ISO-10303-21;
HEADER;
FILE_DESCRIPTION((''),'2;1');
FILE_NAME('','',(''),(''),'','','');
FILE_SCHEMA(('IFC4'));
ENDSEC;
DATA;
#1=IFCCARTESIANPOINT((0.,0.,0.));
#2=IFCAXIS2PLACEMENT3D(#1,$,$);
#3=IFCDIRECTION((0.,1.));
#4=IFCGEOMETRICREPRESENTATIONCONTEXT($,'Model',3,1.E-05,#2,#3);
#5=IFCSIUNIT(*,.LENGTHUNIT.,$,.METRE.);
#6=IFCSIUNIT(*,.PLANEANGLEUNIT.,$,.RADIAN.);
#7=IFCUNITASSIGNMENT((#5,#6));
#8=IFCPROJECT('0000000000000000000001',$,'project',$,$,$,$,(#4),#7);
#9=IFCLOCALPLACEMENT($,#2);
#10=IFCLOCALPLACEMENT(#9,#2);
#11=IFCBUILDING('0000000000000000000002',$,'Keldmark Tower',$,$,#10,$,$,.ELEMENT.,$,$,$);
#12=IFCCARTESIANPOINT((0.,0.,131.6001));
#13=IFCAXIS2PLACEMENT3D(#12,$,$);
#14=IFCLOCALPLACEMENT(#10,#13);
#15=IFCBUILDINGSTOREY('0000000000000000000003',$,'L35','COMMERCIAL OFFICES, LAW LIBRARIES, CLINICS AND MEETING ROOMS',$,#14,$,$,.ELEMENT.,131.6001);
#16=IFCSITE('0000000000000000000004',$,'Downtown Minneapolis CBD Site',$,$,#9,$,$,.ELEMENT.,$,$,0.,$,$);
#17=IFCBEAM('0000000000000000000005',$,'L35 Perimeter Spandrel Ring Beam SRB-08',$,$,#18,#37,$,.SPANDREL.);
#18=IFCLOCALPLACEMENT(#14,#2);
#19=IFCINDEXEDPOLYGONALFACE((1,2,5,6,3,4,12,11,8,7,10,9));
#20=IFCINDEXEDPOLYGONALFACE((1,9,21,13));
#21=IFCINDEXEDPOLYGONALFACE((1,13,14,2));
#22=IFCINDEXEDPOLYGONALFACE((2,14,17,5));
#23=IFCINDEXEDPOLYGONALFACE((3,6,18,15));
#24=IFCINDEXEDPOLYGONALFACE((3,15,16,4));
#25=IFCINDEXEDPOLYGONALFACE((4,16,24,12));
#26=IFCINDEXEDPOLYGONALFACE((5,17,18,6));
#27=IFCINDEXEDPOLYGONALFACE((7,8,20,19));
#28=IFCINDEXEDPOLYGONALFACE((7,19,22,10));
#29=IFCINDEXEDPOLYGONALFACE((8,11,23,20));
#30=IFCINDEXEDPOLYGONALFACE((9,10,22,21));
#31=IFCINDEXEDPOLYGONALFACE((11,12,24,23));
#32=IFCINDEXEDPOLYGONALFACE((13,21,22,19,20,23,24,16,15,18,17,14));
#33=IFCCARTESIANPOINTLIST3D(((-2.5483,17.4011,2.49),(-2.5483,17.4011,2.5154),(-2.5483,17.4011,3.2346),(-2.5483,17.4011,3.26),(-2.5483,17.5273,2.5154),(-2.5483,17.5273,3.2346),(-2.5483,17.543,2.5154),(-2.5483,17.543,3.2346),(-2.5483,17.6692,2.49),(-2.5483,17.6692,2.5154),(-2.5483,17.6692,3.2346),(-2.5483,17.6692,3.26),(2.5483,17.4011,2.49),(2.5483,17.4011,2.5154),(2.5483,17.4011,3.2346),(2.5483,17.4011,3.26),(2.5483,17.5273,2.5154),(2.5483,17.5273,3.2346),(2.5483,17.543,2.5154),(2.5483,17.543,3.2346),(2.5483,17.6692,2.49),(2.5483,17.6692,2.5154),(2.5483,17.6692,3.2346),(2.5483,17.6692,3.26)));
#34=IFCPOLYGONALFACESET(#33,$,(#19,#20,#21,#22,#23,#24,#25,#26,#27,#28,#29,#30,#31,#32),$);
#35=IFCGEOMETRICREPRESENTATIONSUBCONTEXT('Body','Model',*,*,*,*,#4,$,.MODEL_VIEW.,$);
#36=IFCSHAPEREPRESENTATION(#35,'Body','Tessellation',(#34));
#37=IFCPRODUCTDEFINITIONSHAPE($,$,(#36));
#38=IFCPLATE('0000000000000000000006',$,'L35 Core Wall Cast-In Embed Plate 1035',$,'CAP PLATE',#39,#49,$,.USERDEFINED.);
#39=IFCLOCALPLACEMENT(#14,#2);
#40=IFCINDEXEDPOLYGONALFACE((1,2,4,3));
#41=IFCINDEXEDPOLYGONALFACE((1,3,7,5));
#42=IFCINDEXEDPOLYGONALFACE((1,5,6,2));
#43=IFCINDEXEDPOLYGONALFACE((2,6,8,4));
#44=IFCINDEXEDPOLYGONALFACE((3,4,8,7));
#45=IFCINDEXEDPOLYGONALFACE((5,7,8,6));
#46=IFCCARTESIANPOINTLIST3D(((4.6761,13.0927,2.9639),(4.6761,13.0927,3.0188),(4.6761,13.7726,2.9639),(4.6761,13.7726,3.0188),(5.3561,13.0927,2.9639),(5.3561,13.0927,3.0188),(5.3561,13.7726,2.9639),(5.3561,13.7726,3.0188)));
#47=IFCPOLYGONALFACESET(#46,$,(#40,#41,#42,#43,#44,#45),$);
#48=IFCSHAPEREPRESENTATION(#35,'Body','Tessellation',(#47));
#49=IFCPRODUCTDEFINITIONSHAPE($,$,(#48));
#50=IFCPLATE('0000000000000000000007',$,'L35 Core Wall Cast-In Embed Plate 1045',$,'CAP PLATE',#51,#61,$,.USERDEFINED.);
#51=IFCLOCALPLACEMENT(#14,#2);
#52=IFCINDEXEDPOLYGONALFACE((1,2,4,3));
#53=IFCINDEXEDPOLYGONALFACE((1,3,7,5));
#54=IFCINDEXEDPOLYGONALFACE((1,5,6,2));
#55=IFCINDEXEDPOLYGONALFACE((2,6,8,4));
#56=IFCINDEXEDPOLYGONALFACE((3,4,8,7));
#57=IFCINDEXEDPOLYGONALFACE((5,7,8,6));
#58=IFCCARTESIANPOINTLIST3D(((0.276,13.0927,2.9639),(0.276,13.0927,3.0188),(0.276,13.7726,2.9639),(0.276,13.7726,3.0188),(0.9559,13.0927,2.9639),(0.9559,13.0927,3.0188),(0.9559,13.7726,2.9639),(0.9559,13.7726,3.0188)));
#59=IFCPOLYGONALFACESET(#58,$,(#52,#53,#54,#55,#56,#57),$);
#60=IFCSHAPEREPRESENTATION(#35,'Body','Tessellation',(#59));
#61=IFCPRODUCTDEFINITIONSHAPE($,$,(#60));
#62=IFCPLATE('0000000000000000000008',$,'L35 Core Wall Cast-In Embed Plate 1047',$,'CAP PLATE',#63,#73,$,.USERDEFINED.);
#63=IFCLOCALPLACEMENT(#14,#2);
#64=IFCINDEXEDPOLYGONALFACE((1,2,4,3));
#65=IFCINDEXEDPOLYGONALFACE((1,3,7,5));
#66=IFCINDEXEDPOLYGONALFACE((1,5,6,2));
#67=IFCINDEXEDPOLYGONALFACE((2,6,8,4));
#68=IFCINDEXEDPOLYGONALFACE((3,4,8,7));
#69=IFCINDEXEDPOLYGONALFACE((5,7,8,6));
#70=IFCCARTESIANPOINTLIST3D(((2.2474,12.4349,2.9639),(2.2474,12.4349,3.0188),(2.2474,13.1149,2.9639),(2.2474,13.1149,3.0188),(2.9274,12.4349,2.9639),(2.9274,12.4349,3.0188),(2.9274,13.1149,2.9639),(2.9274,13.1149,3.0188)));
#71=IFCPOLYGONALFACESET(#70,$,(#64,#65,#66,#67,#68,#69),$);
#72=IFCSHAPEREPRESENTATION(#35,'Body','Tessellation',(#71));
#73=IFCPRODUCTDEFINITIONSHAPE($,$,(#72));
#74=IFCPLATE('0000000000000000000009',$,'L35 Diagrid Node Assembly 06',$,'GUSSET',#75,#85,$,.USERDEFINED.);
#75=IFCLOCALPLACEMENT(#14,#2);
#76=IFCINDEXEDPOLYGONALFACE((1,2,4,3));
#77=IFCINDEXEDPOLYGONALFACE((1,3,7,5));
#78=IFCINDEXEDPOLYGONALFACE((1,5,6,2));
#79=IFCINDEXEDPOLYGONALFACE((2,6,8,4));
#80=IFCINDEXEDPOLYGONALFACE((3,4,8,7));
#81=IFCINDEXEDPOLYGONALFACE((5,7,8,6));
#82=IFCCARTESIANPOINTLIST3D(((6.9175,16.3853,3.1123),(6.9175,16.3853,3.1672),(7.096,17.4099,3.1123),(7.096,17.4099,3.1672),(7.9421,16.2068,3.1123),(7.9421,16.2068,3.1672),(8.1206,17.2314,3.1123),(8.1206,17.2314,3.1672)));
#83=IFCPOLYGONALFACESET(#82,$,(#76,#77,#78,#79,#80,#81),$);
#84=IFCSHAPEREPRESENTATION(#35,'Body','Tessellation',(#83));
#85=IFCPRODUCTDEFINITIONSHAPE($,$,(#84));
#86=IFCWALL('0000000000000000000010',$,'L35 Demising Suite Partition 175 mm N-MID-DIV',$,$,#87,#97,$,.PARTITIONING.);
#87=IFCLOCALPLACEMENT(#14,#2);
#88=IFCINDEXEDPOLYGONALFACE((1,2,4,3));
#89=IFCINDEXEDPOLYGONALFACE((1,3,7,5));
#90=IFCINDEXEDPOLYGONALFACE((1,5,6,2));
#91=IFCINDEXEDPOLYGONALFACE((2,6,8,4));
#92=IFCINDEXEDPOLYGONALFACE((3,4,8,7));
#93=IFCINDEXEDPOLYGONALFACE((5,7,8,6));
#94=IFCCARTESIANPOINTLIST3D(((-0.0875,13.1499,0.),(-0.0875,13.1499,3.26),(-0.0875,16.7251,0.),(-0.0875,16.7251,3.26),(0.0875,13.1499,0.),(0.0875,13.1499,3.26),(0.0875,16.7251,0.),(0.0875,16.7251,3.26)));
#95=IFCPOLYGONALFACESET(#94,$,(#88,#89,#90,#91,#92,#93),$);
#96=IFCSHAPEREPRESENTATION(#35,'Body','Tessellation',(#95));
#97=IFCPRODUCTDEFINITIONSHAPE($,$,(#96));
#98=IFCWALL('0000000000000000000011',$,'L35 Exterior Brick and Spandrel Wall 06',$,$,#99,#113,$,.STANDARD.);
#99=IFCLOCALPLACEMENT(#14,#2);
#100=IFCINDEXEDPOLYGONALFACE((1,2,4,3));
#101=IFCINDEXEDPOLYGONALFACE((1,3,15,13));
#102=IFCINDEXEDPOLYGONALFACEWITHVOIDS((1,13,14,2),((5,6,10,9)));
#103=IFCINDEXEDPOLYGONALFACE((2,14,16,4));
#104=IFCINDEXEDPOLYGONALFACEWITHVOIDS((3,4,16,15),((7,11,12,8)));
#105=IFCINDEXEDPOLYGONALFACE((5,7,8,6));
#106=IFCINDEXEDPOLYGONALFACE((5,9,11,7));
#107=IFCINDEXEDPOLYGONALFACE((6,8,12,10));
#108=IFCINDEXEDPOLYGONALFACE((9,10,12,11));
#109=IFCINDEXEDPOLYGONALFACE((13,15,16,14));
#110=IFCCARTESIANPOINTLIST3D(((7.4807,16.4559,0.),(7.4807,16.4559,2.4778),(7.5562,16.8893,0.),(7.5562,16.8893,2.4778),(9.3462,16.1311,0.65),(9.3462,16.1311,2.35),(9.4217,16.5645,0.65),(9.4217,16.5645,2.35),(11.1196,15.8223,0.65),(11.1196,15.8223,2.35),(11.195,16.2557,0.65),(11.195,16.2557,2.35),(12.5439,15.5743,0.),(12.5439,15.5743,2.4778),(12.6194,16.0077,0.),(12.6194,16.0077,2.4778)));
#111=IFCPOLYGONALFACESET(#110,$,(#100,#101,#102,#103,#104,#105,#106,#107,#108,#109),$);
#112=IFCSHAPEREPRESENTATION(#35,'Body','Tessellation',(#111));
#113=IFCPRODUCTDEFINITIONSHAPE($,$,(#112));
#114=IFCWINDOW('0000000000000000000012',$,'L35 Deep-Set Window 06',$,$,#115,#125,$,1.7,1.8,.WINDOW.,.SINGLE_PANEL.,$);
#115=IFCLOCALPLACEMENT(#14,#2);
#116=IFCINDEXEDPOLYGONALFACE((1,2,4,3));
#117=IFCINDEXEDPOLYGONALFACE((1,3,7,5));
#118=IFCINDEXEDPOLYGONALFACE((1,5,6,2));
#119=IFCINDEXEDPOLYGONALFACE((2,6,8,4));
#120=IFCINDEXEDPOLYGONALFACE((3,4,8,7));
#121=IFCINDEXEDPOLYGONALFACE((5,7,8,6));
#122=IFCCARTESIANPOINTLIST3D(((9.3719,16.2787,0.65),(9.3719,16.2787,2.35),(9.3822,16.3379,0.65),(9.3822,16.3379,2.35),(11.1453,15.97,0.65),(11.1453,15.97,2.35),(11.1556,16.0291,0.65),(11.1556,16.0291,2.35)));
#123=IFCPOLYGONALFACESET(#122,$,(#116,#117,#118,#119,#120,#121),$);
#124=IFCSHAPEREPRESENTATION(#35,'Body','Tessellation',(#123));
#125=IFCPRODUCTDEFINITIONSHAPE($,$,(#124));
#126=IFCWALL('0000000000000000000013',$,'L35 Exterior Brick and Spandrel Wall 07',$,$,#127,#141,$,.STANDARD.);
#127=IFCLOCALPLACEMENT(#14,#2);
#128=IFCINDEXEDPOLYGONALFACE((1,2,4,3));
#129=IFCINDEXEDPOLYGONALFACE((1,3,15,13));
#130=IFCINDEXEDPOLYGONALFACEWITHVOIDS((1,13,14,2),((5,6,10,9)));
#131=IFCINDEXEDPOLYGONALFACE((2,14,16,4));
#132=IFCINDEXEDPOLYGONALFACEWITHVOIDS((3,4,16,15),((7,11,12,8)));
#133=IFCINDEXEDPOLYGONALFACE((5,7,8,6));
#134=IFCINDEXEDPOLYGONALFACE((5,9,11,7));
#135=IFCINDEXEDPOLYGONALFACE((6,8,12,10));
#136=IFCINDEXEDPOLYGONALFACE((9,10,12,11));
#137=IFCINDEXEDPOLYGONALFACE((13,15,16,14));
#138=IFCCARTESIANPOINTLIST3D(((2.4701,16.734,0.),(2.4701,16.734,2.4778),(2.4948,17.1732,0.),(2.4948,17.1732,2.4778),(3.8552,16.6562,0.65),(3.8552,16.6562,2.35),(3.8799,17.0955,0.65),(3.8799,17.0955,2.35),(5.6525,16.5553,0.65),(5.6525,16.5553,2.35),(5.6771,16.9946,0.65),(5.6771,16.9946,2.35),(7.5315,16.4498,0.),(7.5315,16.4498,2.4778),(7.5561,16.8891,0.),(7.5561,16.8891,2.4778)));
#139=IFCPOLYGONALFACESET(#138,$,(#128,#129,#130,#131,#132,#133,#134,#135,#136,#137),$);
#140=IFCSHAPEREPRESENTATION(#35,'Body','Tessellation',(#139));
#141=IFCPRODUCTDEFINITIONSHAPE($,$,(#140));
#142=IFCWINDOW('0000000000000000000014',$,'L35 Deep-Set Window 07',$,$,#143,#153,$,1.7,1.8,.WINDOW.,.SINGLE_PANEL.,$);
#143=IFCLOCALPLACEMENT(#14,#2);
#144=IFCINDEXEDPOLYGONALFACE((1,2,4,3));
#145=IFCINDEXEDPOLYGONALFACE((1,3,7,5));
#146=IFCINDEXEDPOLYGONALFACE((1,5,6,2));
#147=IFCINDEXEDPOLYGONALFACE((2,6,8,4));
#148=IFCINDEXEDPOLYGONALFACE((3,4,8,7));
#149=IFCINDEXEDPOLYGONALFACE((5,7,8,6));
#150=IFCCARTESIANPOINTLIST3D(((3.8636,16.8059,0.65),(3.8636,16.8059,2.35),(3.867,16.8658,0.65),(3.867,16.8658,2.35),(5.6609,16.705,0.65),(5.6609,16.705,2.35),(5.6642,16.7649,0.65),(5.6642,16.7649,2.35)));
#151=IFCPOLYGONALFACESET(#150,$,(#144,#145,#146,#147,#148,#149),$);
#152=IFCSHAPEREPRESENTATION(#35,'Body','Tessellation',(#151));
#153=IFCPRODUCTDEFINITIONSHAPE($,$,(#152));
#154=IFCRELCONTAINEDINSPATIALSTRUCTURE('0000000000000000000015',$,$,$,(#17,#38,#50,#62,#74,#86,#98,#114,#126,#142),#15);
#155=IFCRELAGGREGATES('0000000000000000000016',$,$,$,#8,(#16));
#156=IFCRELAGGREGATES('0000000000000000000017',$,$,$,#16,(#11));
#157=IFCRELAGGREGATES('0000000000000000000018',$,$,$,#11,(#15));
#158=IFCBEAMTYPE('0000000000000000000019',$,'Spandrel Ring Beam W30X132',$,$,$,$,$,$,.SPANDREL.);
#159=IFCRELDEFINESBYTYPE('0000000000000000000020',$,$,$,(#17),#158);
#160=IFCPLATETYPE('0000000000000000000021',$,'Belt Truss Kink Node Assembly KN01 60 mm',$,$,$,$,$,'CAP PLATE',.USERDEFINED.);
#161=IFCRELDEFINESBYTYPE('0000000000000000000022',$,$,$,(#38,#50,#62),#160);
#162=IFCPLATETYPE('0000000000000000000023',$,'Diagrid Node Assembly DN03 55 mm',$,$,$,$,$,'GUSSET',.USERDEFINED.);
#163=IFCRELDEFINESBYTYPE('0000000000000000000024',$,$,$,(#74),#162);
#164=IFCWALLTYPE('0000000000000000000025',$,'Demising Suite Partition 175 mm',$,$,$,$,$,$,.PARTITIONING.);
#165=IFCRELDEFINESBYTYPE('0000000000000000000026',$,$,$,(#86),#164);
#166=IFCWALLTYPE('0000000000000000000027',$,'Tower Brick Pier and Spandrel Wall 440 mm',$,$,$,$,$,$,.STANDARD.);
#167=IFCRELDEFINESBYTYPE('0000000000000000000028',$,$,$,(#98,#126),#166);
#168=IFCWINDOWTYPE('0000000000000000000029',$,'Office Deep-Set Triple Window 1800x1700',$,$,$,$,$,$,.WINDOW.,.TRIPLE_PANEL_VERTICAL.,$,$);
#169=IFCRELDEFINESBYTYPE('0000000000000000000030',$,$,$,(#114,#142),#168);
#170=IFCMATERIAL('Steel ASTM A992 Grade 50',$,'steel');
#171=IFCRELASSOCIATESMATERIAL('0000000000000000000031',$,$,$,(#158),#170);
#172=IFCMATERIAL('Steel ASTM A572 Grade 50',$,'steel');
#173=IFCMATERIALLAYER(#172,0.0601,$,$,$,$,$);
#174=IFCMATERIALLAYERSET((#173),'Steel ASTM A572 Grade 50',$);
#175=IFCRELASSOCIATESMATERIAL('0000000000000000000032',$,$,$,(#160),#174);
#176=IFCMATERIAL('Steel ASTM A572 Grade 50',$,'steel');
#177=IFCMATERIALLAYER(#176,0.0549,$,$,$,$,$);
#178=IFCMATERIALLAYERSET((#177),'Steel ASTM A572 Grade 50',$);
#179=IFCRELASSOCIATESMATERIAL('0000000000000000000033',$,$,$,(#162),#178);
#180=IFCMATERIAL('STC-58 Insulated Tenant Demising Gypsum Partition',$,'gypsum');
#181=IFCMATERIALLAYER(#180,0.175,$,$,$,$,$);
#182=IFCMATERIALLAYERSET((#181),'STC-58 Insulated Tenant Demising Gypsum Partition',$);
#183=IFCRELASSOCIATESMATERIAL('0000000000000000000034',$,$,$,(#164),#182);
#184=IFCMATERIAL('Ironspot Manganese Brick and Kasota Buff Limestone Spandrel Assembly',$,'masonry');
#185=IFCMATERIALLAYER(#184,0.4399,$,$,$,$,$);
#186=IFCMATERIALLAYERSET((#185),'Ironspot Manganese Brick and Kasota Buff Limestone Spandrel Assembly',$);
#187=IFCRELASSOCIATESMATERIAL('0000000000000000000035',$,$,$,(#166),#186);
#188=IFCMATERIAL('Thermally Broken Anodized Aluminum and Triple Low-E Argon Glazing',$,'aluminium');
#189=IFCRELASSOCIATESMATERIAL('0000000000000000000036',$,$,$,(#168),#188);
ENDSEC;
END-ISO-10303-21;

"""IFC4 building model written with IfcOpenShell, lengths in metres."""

from ifc_helpers import new_model, si_unit, direction, frame, frame_2d, origin, origin_2d, place, context, subcontext, project, spatial, rectangle, i_section, extrude, material, layer, layer_set, material_profile, profile_set, type_object, element, fill, save


model = new_model("IFC4")

# Units and contexts
model_context = context("Model", 3, precision=1e-05, world=origin(), true_north=direction((0.0, 1.0)))
body_context = subcontext(model_context, "Body", "Model", "MODEL_VIEW")
ifc_project = project(units=[si_unit("LENGTHUNIT", "METRE"), si_unit("PLANEANGLEUNIT", "RADIAN")], contexts=[model_context])

# Site, building, storey
site_placement = place(None, origin())
site = spatial("IfcSite", under=ifc_project, at=site_placement, Name="Downtown Minneapolis CBD Site", CompositionType="ELEMENT", RefElevation=0.0)
building_placement = place(site_placement, origin())
building = spatial("IfcBuilding", under=site, at=building_placement, Name="Keldmark Tower", CompositionType="ELEMENT")
storey_placement = place(building_placement, frame((0.0, 0.0, 131.6001)))
storey = spatial("IfcBuildingStorey", under=building, at=storey_placement, Name="L35", Description="COMMERCIAL OFFICES, LAW LIBRARIES, CLINICS AND MEETING ROOMS", CompositionType="ELEMENT", Elevation=131.6001)

# Beam
ifc_material_1 = material(Name="Steel ASTM A992 Grade 50", Category="steel")
ifc_material_profile_1 = material_profile(ifc_material_1, i_section(OverallWidth=0.2681, OverallDepth=0.77, WebThickness=0.0156, FlangeThickness=0.0254, at=origin_2d()), Name="W30X132")
ifc_profile_set_1 = profile_set([ifc_material_profile_1], Name="Steel ASTM A992 Grade 50")
beam_type_1 = type_object("IfcBeamType", Name="Spandrel Ring Beam W30X132", PredefinedType="SPANDREL", material=ifc_profile_set_1)
beam_1_placement = place(storey_placement, frame((2.5483, 17.5352, 2.875), z_axis=(-1.0, 0.0, 0.0), x_axis=(0.0, -1.0, 0.0)))
element("IfcBeam", 1, at=beam_1_placement, inside=storey, type_object=beam_type_1, Name="L35 Perimeter Spandrel Ring Beam SRB-08", PredefinedType="SPANDREL", context=body_context, shape_type="SweptSolid", body=[
    extrude(i_section(OverallWidth=0.2681, OverallDepth=0.77, WebThickness=0.0156, FlangeThickness=0.0254, at=origin_2d()), origin(), (0.0, 0.0, 1.0), 5.0967),
])

# Plates
ifc_material_2 = material(Name="Steel ASTM A572 Grade 50", Category="steel")
ifc_layer_1 = layer(ifc_material_2, 0.0601)
ifc_layer_set_1 = layer_set([ifc_layer_1], Name="Steel ASTM A572 Grade 50")
plate_type_1 = type_object("IfcPlateType", Name="Belt Truss Kink Node Assembly KN01 60 mm", ElementType="CAP PLATE", PredefinedType="USERDEFINED", material=ifc_layer_set_1)
for number, where, z_axis, x_axis, name in (
    (2, (5.0161, 13.4326, 2.9639), (0.0, 0.0, 1.0), (1.0, 0.0, 0.0), "L35 Core Wall Cast-In Embed Plate 1035"),
    (3, (0.616, 13.4326, 2.9639), (0.0, 0.0, 1.0), (1.0, 0.0, 0.0), "L35 Core Wall Cast-In Embed Plate 1045"),
    (4, (2.5874, 12.7749, 2.9639), (0.0, 0.0, 1.0), (1.0, 0.0, 0.0), "L35 Core Wall Cast-In Embed Plate 1047"),
):
    element("IfcPlate", number, at=place(storey_placement, frame(where, z_axis=z_axis, x_axis=x_axis)), inside=storey, type_object=plate_type_1, Name=name, ObjectType="CAP PLATE", PredefinedType="USERDEFINED", context=body_context, shape_type="SweptSolid", body=[
        extrude(rectangle(XDim=0.6799, YDim=0.6799, at=origin_2d()), origin(), (0.0, 0.0, 1.0), 0.0549),
    ])
ifc_material_3 = material(Name="Steel ASTM A572 Grade 50", Category="steel")
ifc_layer_2 = layer(ifc_material_3, 0.0549)
ifc_layer_set_2 = layer_set([ifc_layer_2], Name="Steel ASTM A572 Grade 50")
plate_type_2 = type_object("IfcPlateType", Name="Diagrid Node Assembly DN03 55 mm", ElementType="GUSSET", PredefinedType="USERDEFINED", material=ifc_layer_set_2)
plate_placement = place(storey_placement, frame((7.519, 16.8083, 3.1123), z_axis=(0.0, 0.0, 1.0), x_axis=(-0.985169, 0.171585, 0.0)))
element("IfcPlate", 5, at=plate_placement, inside=storey, type_object=plate_type_2, Name="L35 Diagrid Node Assembly 06", ObjectType="GUSSET", PredefinedType="USERDEFINED", context=body_context, shape_type="SweptSolid", body=[
    extrude(rectangle(XDim=1.04, YDim=1.04, at=origin_2d()), origin(), (0.0, 0.0, 1.0), 0.0549),
])

# Wall
ifc_material_4 = material(Name="STC-58 Insulated Tenant Demising Gypsum Partition", Category="gypsum")
ifc_layer_3 = layer(ifc_material_4, 0.175)
ifc_layer_set_3 = layer_set([ifc_layer_3], Name="STC-58 Insulated Tenant Demising Gypsum Partition")
wall_type_1 = type_object("IfcWallType", Name="Demising Suite Partition 175 mm", PredefinedType="PARTITIONING", material=ifc_layer_set_3)
wall_1_placement = place(storey_placement, frame((0.0, 13.1499, 0.0), z_axis=(0.0, 0.0, 1.0), x_axis=(0.0, 1.0, 0.0)))
element("IfcWall", 6, at=wall_1_placement, inside=storey, type_object=wall_type_1, Name="L35 Demising Suite Partition 175 mm N-MID-DIV", PredefinedType="PARTITIONING", context=body_context, shape_type="SweptSolid", body=[
    extrude(rectangle(XDim=3.5752, YDim=0.175, at=frame_2d((1.7876, 0.0))), origin(), (0.0, 0.0, 1.0), 3.26),
])

# Walls, openings, windows
ifc_material_5 = material(Name="Ironspot Manganese Brick and Kasota Buff Limestone Spandrel Assembly", Category="masonry")
ifc_layer_4 = layer(ifc_material_5, 0.4399)
ifc_layer_set_4 = layer_set([ifc_layer_4], Name="Ironspot Manganese Brick and Kasota Buff Limestone Spandrel Assembly")
wall_type_2 = type_object("IfcWallType", Name="Tower Brick Pier and Spandrel Wall 440 mm", PredefinedType="STANDARD", material=ifc_layer_set_4)
wall_2_placement = place(storey_placement, frame((7.5183, 16.6726, 0.0), z_axis=(0.0, 0.0, 1.0), x_axis=(0.985178, -0.171536, 0.0)))
wall_2 = element("IfcWall", 7, at=wall_2_placement, inside=storey, type_object=wall_type_2, Name="L35 Exterior Brick and Spandrel Wall 06", PredefinedType="STANDARD", context=body_context, shape_type="SweptSolid", body=[
    extrude(rectangle(XDim=5.1394, YDim=0.4399, at=frame_2d((2.5698, 0.0))), origin(), (0.0, 0.0, 1.0), 2.4778),
])
opening_1_placement = place(wall_2_placement, frame((1.8938, 0.0, 0.6499)))
opening_1 = element("IfcOpeningElement", 8, at=opening_1_placement, cuts=wall_2, PredefinedType="OPENING", context=body_context, shape_type="SweptSolid", body=[
    extrude(rectangle(XDim=1.8, YDim=1.7, at=frame_2d((0.8999, 0.8501))), frame((0.0, 0.23, 0.0), z_axis=(0.0, -1.0, 0.0), x_axis=(1.0, 0.0, 0.0)), (0.0, 0.0, 1.0), 0.46),
])
ifc_material_6 = material(Name="Thermally Broken Anodized Aluminum and Triple Low-E Argon Glazing", Category="aluminium")
window_type = type_object("IfcWindowType", Name="Office Deep-Set Triple Window 1800x1700", PartitioningType="TRIPLE_PANEL_VERTICAL", PredefinedType="WINDOW", material=ifc_material_6)
window_1_placement = place(opening_1_placement, origin())
window_1 = element("IfcWindow", 9, at=window_1_placement, inside=storey, type_object=window_type, Name="L35 Deep-Set Window 06", OverallHeight=1.7, OverallWidth=1.8, PartitioningType="SINGLE_PANEL", PredefinedType="WINDOW", context=body_context, shape_type="SweptSolid", body=[
    extrude(rectangle(XDim=1.8, YDim=1.7, at=frame_2d((0.8999, 0.8501))), frame((0.0, -0.01, 0.0), z_axis=(0.0, -1.0, 0.0), x_axis=(1.0, 0.0, 0.0)), (0.0, 0.0, 1.0), 0.0601),
])
fill(opening_1, window_1)
wall_3_placement = place(storey_placement, frame((2.4824, 16.9536, 0.0), z_axis=(0.0, 0.0, 1.0), x_axis=(0.998427, -0.05606, 0.0)))
wall_3 = element("IfcWall", 10, at=wall_3_placement, inside=storey, type_object=wall_type_2, Name="L35 Exterior Brick and Spandrel Wall 07", PredefinedType="STANDARD", context=body_context, shape_type="SweptSolid", body=[
    extrude(rectangle(XDim=5.0693, YDim=0.4399, at=frame_2d((2.5347, 0.0))), origin(), (0.0, 0.0, 1.0), 2.4778),
])
opening_2_placement = place(wall_3_placement, frame((1.3875, 0.0, 0.6499)))
opening_2 = element("IfcOpeningElement", 11, at=opening_2_placement, cuts=wall_3, PredefinedType="OPENING", context=body_context, shape_type="SweptSolid", body=[
    extrude(rectangle(XDim=1.8, YDim=1.7, at=frame_2d((0.8999, 0.8501))), frame((0.0, 0.23, 0.0), z_axis=(0.0, -1.0, 0.0), x_axis=(1.0, 0.0, 0.0)), (0.0, 0.0, 1.0), 0.46),
])
window_2_placement = place(opening_2_placement, origin())
window_2 = element("IfcWindow", 12, at=window_2_placement, inside=storey, type_object=window_type, Name="L35 Deep-Set Window 07", OverallHeight=1.7, OverallWidth=1.8, PartitioningType="SINGLE_PANEL", PredefinedType="WINDOW", context=body_context, shape_type="SweptSolid", body=[
    extrude(rectangle(XDim=1.8, YDim=1.7, at=frame_2d((0.8999, 0.8501))), frame((0.0, -0.01, 0.0), z_axis=(0.0, -1.0, 0.0), x_axis=(1.0, 0.0, 0.0)), (0.0, 0.0, 1.0), 0.0601),
])
fill(opening_2, window_2)

save(model, "model.ifc")
